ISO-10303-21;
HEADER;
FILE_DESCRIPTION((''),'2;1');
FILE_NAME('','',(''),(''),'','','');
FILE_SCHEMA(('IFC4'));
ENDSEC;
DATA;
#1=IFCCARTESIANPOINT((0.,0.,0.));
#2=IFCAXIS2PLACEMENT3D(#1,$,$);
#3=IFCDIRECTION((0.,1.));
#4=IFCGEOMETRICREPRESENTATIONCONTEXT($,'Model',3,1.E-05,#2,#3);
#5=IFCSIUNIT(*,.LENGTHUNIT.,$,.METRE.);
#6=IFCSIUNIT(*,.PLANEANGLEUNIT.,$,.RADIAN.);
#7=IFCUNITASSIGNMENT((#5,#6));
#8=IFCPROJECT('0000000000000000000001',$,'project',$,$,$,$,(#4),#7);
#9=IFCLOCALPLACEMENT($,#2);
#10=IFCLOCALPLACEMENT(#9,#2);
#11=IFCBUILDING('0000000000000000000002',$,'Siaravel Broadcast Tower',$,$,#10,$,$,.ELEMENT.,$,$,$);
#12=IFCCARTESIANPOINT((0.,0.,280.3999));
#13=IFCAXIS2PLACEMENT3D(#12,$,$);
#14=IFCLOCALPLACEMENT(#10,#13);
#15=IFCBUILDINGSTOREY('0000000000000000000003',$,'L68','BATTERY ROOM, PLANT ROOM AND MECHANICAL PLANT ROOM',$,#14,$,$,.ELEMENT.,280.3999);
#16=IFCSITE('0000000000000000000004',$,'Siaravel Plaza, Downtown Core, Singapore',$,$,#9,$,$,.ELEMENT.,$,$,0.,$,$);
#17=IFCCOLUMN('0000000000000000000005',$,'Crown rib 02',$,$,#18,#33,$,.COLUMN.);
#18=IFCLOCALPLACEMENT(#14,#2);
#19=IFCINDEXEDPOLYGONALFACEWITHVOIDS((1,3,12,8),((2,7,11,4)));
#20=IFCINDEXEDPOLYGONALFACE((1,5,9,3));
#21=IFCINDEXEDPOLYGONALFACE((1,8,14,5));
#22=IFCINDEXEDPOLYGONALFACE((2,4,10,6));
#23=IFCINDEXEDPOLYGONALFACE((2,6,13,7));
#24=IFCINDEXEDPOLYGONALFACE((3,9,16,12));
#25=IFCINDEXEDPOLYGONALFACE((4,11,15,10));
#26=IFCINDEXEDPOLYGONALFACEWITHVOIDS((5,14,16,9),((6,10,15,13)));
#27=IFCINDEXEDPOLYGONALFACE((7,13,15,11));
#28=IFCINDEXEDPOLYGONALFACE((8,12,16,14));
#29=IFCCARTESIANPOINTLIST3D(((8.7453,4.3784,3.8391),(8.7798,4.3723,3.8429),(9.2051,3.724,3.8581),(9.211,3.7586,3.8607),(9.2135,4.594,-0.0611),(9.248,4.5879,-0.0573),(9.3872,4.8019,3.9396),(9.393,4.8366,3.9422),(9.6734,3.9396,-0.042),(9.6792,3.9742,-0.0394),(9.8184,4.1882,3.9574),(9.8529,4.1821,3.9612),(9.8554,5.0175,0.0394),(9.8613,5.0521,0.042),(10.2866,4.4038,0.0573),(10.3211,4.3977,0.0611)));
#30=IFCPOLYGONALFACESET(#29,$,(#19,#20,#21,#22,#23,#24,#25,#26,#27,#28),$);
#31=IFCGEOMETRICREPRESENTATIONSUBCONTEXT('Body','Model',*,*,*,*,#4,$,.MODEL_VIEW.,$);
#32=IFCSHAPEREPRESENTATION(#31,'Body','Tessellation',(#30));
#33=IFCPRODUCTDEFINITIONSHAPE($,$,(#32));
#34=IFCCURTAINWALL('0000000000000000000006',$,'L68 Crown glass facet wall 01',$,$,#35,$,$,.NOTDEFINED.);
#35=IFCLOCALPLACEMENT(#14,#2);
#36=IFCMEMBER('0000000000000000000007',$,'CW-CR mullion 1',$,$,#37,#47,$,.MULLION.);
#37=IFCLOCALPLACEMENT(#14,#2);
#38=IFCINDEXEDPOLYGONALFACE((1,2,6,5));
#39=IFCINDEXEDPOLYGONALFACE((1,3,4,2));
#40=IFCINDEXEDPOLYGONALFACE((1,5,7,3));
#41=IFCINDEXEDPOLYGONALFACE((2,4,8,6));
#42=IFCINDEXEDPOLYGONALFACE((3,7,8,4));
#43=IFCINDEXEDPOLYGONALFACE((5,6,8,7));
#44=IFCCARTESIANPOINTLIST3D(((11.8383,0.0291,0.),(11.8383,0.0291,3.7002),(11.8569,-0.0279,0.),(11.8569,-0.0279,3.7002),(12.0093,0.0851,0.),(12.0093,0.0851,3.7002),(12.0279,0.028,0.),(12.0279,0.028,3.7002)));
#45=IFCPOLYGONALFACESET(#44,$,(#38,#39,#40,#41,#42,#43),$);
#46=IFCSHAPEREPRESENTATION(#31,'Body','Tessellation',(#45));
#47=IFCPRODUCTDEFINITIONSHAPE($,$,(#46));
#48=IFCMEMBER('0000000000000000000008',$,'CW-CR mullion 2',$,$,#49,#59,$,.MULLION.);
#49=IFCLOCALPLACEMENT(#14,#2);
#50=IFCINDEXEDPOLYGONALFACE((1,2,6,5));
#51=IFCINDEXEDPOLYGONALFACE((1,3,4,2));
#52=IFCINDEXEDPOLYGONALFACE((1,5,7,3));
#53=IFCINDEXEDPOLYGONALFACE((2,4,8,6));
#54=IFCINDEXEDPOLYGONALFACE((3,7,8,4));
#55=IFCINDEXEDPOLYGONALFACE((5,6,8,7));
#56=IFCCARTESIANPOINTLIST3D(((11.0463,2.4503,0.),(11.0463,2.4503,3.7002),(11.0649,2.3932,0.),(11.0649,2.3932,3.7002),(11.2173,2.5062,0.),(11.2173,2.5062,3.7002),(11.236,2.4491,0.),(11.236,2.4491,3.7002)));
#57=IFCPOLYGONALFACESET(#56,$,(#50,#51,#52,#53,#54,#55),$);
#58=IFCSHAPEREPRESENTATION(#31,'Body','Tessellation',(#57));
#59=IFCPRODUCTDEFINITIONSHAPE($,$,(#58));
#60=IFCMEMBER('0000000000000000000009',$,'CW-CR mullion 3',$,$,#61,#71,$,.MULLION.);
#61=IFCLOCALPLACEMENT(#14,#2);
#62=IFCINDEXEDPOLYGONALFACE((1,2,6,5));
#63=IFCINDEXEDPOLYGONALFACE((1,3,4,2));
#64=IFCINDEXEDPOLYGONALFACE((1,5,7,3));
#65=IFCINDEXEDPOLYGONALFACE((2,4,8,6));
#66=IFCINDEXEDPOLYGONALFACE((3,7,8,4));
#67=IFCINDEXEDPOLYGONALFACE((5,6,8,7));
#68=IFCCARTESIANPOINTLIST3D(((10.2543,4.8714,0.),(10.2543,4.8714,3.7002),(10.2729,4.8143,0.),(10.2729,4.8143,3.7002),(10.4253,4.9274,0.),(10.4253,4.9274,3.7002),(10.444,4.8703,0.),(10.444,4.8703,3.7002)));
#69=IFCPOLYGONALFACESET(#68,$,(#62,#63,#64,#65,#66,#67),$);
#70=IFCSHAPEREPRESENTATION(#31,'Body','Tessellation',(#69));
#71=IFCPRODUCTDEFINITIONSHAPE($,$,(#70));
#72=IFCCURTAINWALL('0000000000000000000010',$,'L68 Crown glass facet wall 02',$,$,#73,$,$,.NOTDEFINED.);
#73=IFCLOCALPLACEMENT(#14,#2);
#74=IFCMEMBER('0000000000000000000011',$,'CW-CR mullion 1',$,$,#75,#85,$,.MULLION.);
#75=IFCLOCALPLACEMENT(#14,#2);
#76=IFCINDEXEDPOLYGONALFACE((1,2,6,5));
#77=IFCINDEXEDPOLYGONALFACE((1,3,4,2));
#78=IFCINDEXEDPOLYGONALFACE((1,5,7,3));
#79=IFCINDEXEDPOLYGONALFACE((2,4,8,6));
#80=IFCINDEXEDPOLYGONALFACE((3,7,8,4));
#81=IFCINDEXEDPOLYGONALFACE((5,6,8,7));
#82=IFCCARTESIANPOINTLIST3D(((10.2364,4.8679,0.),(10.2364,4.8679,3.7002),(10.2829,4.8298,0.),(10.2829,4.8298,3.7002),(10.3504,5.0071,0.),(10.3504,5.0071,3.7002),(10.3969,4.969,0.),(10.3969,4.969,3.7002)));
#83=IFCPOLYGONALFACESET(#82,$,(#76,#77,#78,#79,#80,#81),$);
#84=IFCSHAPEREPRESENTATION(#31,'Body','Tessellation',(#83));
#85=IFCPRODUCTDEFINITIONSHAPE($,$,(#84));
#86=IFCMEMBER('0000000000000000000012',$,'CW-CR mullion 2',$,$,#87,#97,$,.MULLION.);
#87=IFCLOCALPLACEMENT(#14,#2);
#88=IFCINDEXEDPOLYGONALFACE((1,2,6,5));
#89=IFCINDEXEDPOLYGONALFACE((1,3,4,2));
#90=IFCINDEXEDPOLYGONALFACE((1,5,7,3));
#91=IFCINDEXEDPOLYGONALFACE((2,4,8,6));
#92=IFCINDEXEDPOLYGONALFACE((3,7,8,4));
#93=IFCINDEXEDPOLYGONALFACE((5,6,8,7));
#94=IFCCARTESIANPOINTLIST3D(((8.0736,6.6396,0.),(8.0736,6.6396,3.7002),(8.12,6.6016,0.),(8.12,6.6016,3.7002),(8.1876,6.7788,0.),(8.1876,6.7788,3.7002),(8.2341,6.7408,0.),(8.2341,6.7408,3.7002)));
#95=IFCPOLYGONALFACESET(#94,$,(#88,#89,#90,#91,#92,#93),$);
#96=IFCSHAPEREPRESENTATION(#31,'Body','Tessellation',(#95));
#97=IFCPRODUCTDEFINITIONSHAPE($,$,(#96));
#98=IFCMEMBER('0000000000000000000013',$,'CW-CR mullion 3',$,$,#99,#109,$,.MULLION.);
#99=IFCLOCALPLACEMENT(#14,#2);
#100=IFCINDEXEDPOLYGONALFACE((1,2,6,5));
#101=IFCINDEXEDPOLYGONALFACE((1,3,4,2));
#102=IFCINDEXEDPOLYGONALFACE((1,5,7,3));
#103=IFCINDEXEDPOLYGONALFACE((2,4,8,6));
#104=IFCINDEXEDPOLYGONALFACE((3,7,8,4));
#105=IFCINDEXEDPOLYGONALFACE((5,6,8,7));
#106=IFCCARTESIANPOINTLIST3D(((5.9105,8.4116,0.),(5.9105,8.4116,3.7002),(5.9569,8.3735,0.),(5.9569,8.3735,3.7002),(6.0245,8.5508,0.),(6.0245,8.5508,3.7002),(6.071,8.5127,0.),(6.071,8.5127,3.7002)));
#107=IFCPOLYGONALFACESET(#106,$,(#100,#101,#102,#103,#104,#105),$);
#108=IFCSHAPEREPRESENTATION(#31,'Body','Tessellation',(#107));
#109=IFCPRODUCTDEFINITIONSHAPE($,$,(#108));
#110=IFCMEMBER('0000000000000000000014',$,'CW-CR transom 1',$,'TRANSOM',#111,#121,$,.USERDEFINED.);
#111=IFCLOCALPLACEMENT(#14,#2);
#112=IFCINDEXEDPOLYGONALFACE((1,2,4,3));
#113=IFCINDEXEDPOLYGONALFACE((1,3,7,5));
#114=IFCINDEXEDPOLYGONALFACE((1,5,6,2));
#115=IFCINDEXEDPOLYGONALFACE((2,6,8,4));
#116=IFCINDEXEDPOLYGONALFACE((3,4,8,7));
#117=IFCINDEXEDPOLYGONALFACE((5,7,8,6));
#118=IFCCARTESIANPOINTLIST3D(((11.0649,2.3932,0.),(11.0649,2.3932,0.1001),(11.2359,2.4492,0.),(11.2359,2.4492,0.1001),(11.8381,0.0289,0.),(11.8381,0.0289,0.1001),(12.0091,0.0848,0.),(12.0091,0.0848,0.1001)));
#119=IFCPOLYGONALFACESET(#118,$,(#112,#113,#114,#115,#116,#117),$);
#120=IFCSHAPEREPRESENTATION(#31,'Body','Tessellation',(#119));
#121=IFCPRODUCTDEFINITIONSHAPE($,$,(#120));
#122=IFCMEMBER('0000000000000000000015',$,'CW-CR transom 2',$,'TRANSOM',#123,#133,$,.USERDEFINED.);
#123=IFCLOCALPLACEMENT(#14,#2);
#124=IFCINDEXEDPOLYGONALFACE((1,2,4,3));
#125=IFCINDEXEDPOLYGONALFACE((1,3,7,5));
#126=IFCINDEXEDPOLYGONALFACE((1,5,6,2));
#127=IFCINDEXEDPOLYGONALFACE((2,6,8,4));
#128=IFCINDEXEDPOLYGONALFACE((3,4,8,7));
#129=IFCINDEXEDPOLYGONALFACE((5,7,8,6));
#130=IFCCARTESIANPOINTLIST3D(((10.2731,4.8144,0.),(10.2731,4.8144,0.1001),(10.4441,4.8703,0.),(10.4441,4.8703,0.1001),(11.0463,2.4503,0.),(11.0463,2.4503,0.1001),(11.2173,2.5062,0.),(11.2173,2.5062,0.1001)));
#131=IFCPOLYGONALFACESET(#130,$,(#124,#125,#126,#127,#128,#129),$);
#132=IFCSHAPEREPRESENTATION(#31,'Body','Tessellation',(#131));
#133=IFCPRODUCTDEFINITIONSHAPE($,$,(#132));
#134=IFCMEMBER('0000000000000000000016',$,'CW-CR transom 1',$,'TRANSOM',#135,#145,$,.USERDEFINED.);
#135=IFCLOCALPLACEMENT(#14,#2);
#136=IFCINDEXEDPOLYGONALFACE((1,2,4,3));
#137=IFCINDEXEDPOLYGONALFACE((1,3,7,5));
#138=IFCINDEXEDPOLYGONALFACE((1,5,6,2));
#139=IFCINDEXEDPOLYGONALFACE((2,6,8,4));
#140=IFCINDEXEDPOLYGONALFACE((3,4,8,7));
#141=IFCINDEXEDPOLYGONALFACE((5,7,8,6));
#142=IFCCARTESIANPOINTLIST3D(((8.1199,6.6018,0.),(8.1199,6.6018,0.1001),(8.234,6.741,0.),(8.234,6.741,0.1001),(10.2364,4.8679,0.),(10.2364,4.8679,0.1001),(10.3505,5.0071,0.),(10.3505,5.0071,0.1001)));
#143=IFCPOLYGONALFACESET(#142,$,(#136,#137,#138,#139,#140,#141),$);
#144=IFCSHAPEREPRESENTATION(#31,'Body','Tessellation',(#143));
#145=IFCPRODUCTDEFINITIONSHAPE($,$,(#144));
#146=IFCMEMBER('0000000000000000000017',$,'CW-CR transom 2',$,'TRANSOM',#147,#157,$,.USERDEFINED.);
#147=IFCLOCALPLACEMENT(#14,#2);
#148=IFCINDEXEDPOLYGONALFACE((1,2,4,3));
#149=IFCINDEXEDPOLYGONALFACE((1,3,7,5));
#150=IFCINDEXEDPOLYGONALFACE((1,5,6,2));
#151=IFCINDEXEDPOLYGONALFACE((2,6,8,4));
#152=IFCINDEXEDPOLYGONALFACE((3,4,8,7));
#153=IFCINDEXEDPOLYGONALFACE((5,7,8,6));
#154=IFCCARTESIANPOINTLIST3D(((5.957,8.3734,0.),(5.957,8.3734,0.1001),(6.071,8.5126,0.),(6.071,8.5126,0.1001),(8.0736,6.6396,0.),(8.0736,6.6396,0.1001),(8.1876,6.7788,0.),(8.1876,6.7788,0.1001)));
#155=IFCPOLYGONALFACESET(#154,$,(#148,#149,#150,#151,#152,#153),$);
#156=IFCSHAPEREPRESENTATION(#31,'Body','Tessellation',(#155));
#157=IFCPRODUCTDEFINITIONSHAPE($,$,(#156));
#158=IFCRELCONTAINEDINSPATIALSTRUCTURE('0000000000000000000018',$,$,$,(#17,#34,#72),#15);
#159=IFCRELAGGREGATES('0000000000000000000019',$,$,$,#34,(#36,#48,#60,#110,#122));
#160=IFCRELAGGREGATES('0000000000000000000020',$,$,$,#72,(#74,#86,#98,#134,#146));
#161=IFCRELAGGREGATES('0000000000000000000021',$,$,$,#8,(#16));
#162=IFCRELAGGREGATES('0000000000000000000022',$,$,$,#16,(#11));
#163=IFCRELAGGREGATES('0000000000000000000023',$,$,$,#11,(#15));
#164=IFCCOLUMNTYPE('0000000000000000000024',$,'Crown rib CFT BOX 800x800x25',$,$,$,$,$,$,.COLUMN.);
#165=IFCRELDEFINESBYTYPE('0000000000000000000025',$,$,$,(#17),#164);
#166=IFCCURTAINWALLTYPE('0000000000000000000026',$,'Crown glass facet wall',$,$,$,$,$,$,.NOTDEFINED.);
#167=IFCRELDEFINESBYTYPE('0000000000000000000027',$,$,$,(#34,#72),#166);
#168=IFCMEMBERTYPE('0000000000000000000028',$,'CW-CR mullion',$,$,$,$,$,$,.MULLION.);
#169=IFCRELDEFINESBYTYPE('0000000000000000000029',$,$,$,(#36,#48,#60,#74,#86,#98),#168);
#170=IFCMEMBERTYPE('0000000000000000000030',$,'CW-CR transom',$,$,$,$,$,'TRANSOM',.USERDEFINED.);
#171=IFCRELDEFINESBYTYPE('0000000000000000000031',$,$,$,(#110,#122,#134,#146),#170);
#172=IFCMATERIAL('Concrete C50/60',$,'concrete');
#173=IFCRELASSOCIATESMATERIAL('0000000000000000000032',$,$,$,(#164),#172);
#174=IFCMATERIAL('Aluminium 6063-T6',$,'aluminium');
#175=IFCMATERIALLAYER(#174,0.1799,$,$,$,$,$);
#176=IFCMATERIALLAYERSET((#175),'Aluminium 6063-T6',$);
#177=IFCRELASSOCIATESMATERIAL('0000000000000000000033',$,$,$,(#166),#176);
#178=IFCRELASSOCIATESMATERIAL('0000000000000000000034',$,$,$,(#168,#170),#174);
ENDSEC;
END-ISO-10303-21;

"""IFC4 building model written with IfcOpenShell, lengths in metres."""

from ifc_helpers import new_model, si_unit, direction, frame, origin, origin_2d, place, context, subcontext, project, spatial, rectangle, hollow_rectangle, extrude, material, layer, layer_set, material_profile, profile_set, type_object, element, aggregate, save


model = new_model("IFC4")

# Units and contexts
model_context = context("Model", 3, precision=1e-05, world=origin(), true_north=direction((0.0, 1.0)))
body_context = subcontext(model_context, "Body", "Model", "MODEL_VIEW")
ifc_project = project(units=[si_unit("LENGTHUNIT", "METRE"), si_unit("PLANEANGLEUNIT", "RADIAN")], contexts=[model_context])

# Site, building, storey
site_placement = place(None, origin())
site = spatial("IfcSite", under=ifc_project, at=site_placement, Name="Siaravel Plaza, Downtown Core, Singapore", CompositionType="ELEMENT", RefElevation=0.0)
building_placement = place(site_placement, origin())
building = spatial("IfcBuilding", under=site, at=building_placement, Name="Siaravel Broadcast Tower", CompositionType="ELEMENT")
storey_placement = place(building_placement, frame((0.0, 0.0, 280.3999)))
storey = spatial("IfcBuildingStorey", under=building, at=storey_placement, Name="L68", Description="BATTERY ROOM, PLANT ROOM AND MECHANICAL PLANT ROOM", CompositionType="ELEMENT", Elevation=280.3999)

# Column
ifc_material_1 = material(Name="Concrete C50/60", Category="concrete")
ifc_material_profile_1 = material_profile(ifc_material_1, hollow_rectangle(XDim=0.8, YDim=0.8, WallThickness=0.0249, at=origin_2d()))
ifc_profile_set_1 = profile_set([ifc_material_profile_1], Name="Concrete C50/60")
column_type = type_object("IfcColumnType", Name="Crown rib CFT BOX 800x800x25", PredefinedType="COLUMN", material=ifc_profile_set_1)
column_placement = place(storey_placement, frame((9.7673, 4.4958, 0.0), z_axis=(-0.119027, -0.054797, 0.991378), x_axis=(0.574756, -0.817979, 0.023794)))
element("IfcColumn", 1, at=column_placement, inside=storey, type_object=column_type, Name="Crown rib 02", PredefinedType="COLUMN", context=body_context, shape_type="SweptSolid", body=[
    extrude(hollow_rectangle(XDim=0.8, YDim=0.8, WallThickness=0.0249, at=origin_2d()), origin(), (0.0, 0.0, 1.0), 3.9341),
])

# Curtain walls, members
ifc_material_2 = material(Name="Aluminium 6063-T6", Category="aluminium")
ifc_layer_1 = layer(ifc_material_2, 0.1799)
ifc_layer_set_1 = layer_set([ifc_layer_1], Name="Aluminium 6063-T6")
curtain_wall_type = type_object("IfcCurtainWallType", Name="Crown glass facet wall", PredefinedType="NOTDEFINED", material=ifc_layer_set_1)
curtain_wall_1_placement = place(storey_placement, origin())
curtain_wall_1 = element("IfcCurtainWall", 2, at=curtain_wall_1_placement, inside=storey, type_object=curtain_wall_type, Name="L68 Crown glass facet wall 01", PredefinedType="NOTDEFINED")
ifc_material_profile_2 = material_profile(ifc_material_2, rectangle(XDim=0.1799, YDim=0.0601, at=origin_2d()))
ifc_profile_set_2 = profile_set([ifc_material_profile_2], Name="Aluminium 6063-T6")
member_type_1 = type_object("IfcMemberType", Name="CW-CR mullion", PredefinedType="MULLION", material=ifc_profile_set_2)
member_1_placement = place(storey_placement, frame((11.9331, 0.0286, 0.0), z_axis=(0.0, 0.0, 1.0), x_axis=(-0.950456, -0.310859, 0.0)))
member_1 = element("IfcMember", 3, at=member_1_placement, type_object=member_type_1, Name="CW-CR mullion 1", PredefinedType="MULLION", context=body_context, shape_type="SweptSolid", body=[
    extrude(rectangle(XDim=0.1799, YDim=0.0601, at=origin_2d()), origin(), (0.0, 0.0, 1.0), 3.7002),
])
member_2_placement = place(storey_placement, frame((11.1411, 2.4497, 0.0), z_axis=(0.0, 0.0, 1.0), x_axis=(-0.950456, -0.310859, 0.0)))
member_2 = element("IfcMember", 4, at=member_2_placement, type_object=member_type_1, Name="CW-CR mullion 2", PredefinedType="MULLION", context=body_context, shape_type="SweptSolid", body=[
    extrude(rectangle(XDim=0.1799, YDim=0.0601, at=origin_2d()), origin(), (0.0, 0.0, 1.0), 3.7002),
])
member_3_placement = place(storey_placement, frame((10.3491, 4.8708, 0.0), z_axis=(0.0, 0.0, 1.0), x_axis=(-0.950456, -0.310859, 0.0)))
member_3 = element("IfcMember", 5, at=member_3_placement, type_object=member_type_1, Name="CW-CR mullion 3", PredefinedType="MULLION", context=body_context, shape_type="SweptSolid", body=[
    extrude(rectangle(XDim=0.1799, YDim=0.0601, at=origin_2d()), origin(), (0.0, 0.0, 1.0), 3.7002),
])
curtain_wall_2_placement = place(storey_placement, origin())
curtain_wall_2 = element("IfcCurtainWall", 6, at=curtain_wall_2_placement, inside=storey, type_object=curtain_wall_type, Name="L68 Crown glass facet wall 02", PredefinedType="NOTDEFINED")
member_4_placement = place(storey_placement, frame((10.3167, 4.9185, 0.0), z_axis=(0.0, 0.0, 1.0), x_axis=(-0.633713, -0.773568, 0.0)))
member_4 = element("IfcMember", 7, at=member_4_placement, type_object=member_type_1, Name="CW-CR mullion 1", PredefinedType="MULLION", context=body_context, shape_type="SweptSolid", body=[
    extrude(rectangle(XDim=0.1799, YDim=0.0601, at=origin_2d()), origin(), (0.0, 0.0, 1.0), 3.7002),
])
member_5_placement = place(storey_placement, frame((8.1538, 6.6902, 0.0), z_axis=(0.0, 0.0, 1.0), x_axis=(-0.633713, -0.773568, 0.0)))
member_5 = element("IfcMember", 8, at=member_5_placement, type_object=member_type_1, Name="CW-CR mullion 2", PredefinedType="MULLION", context=body_context, shape_type="SweptSolid", body=[
    extrude(rectangle(XDim=0.1799, YDim=0.0601, at=origin_2d()), origin(), (0.0, 0.0, 1.0), 3.7002),
])
member_6_placement = place(storey_placement, frame((5.9907, 8.4622, 0.0), z_axis=(0.0, 0.0, 1.0), x_axis=(-0.633713, -0.773568, 0.0)))
member_6 = element("IfcMember", 9, at=member_6_placement, type_object=member_type_1, Name="CW-CR mullion 3", PredefinedType="MULLION", context=body_context, shape_type="SweptSolid", body=[
    extrude(rectangle(XDim=0.1799, YDim=0.0601, at=origin_2d()), origin(), (0.0, 0.0, 1.0), 3.7002),
])

# Members
ifc_material_profile_3 = material_profile(ifc_material_2, rectangle(XDim=0.1799, YDim=0.1001, at=origin_2d()))
ifc_profile_set_3 = profile_set([ifc_material_profile_3], Name="Aluminium 6063-T6")
member_type_2 = type_object("IfcMemberType", Name="CW-CR transom", ElementType="TRANSOM", PredefinedType="USERDEFINED", material=ifc_profile_set_3)
member_7_placement = place(storey_placement, frame((11.9236, 0.0569, 0.05), z_axis=(-0.310834, 0.950464, 0.0), x_axis=(-0.950464, -0.310834, 0.0)))
member_7 = element("IfcMember", 10, at=member_7_placement, type_object=member_type_2, Name="CW-CR transom 1", ObjectType="TRANSOM", PredefinedType="USERDEFINED", context=body_context, shape_type="SweptSolid", body=[
    extrude(rectangle(XDim=0.1799, YDim=0.1001, at=origin_2d()), origin(), (0.0, 0.0, 1.0), 2.4875),
])
member_8_placement = place(storey_placement, frame((11.1318, 2.4783, 0.05), z_axis=(-0.310863, 0.950455, 0.0), x_axis=(-0.950455, -0.310863, 0.0)))
member_8 = element("IfcMember", 11, at=member_8_placement, type_object=member_type_2, Name="CW-CR transom 2", ObjectType="TRANSOM", PredefinedType="USERDEFINED", context=body_context, shape_type="SweptSolid", body=[
    extrude(rectangle(XDim=0.1799, YDim=0.1001, at=origin_2d()), origin(), (0.0, 0.0, 1.0), 2.4873),
])
member_9_placement = place(storey_placement, frame((10.2935, 4.9375, 0.05), z_axis=(-0.773556, 0.633728, 0.0), x_axis=(-0.633728, -0.773556, 0.0)))
member_9 = element("IfcMember", 12, at=member_9_placement, type_object=member_type_2, Name="CW-CR transom 1", ObjectType="TRANSOM", PredefinedType="USERDEFINED", context=body_context, shape_type="SweptSolid", body=[
    extrude(rectangle(XDim=0.1799, YDim=0.1001, at=origin_2d()), origin(), (0.0, 0.0, 1.0), 2.7361),
])
member_10_placement = place(storey_placement, frame((8.1306, 6.7092, 0.05), z_axis=(-0.773591, 0.633685, 0.0), x_axis=(-0.633685, -0.773591, 0.0)))
member_10 = element("IfcMember", 13, at=member_10_placement, type_object=member_type_2, Name="CW-CR transom 2", ObjectType="TRANSOM", PredefinedType="USERDEFINED", context=body_context, shape_type="SweptSolid", body=[
    extrude(rectangle(XDim=0.1799, YDim=0.1001, at=origin_2d()), origin(), (0.0, 0.0, 1.0), 2.7361),
])

aggregate(curtain_wall_1, [member_1, member_2, member_3, member_7, member_8])
aggregate(curtain_wall_2, [member_4, member_5, member_6, member_9, member_10])

save(model, "model.ifc")
